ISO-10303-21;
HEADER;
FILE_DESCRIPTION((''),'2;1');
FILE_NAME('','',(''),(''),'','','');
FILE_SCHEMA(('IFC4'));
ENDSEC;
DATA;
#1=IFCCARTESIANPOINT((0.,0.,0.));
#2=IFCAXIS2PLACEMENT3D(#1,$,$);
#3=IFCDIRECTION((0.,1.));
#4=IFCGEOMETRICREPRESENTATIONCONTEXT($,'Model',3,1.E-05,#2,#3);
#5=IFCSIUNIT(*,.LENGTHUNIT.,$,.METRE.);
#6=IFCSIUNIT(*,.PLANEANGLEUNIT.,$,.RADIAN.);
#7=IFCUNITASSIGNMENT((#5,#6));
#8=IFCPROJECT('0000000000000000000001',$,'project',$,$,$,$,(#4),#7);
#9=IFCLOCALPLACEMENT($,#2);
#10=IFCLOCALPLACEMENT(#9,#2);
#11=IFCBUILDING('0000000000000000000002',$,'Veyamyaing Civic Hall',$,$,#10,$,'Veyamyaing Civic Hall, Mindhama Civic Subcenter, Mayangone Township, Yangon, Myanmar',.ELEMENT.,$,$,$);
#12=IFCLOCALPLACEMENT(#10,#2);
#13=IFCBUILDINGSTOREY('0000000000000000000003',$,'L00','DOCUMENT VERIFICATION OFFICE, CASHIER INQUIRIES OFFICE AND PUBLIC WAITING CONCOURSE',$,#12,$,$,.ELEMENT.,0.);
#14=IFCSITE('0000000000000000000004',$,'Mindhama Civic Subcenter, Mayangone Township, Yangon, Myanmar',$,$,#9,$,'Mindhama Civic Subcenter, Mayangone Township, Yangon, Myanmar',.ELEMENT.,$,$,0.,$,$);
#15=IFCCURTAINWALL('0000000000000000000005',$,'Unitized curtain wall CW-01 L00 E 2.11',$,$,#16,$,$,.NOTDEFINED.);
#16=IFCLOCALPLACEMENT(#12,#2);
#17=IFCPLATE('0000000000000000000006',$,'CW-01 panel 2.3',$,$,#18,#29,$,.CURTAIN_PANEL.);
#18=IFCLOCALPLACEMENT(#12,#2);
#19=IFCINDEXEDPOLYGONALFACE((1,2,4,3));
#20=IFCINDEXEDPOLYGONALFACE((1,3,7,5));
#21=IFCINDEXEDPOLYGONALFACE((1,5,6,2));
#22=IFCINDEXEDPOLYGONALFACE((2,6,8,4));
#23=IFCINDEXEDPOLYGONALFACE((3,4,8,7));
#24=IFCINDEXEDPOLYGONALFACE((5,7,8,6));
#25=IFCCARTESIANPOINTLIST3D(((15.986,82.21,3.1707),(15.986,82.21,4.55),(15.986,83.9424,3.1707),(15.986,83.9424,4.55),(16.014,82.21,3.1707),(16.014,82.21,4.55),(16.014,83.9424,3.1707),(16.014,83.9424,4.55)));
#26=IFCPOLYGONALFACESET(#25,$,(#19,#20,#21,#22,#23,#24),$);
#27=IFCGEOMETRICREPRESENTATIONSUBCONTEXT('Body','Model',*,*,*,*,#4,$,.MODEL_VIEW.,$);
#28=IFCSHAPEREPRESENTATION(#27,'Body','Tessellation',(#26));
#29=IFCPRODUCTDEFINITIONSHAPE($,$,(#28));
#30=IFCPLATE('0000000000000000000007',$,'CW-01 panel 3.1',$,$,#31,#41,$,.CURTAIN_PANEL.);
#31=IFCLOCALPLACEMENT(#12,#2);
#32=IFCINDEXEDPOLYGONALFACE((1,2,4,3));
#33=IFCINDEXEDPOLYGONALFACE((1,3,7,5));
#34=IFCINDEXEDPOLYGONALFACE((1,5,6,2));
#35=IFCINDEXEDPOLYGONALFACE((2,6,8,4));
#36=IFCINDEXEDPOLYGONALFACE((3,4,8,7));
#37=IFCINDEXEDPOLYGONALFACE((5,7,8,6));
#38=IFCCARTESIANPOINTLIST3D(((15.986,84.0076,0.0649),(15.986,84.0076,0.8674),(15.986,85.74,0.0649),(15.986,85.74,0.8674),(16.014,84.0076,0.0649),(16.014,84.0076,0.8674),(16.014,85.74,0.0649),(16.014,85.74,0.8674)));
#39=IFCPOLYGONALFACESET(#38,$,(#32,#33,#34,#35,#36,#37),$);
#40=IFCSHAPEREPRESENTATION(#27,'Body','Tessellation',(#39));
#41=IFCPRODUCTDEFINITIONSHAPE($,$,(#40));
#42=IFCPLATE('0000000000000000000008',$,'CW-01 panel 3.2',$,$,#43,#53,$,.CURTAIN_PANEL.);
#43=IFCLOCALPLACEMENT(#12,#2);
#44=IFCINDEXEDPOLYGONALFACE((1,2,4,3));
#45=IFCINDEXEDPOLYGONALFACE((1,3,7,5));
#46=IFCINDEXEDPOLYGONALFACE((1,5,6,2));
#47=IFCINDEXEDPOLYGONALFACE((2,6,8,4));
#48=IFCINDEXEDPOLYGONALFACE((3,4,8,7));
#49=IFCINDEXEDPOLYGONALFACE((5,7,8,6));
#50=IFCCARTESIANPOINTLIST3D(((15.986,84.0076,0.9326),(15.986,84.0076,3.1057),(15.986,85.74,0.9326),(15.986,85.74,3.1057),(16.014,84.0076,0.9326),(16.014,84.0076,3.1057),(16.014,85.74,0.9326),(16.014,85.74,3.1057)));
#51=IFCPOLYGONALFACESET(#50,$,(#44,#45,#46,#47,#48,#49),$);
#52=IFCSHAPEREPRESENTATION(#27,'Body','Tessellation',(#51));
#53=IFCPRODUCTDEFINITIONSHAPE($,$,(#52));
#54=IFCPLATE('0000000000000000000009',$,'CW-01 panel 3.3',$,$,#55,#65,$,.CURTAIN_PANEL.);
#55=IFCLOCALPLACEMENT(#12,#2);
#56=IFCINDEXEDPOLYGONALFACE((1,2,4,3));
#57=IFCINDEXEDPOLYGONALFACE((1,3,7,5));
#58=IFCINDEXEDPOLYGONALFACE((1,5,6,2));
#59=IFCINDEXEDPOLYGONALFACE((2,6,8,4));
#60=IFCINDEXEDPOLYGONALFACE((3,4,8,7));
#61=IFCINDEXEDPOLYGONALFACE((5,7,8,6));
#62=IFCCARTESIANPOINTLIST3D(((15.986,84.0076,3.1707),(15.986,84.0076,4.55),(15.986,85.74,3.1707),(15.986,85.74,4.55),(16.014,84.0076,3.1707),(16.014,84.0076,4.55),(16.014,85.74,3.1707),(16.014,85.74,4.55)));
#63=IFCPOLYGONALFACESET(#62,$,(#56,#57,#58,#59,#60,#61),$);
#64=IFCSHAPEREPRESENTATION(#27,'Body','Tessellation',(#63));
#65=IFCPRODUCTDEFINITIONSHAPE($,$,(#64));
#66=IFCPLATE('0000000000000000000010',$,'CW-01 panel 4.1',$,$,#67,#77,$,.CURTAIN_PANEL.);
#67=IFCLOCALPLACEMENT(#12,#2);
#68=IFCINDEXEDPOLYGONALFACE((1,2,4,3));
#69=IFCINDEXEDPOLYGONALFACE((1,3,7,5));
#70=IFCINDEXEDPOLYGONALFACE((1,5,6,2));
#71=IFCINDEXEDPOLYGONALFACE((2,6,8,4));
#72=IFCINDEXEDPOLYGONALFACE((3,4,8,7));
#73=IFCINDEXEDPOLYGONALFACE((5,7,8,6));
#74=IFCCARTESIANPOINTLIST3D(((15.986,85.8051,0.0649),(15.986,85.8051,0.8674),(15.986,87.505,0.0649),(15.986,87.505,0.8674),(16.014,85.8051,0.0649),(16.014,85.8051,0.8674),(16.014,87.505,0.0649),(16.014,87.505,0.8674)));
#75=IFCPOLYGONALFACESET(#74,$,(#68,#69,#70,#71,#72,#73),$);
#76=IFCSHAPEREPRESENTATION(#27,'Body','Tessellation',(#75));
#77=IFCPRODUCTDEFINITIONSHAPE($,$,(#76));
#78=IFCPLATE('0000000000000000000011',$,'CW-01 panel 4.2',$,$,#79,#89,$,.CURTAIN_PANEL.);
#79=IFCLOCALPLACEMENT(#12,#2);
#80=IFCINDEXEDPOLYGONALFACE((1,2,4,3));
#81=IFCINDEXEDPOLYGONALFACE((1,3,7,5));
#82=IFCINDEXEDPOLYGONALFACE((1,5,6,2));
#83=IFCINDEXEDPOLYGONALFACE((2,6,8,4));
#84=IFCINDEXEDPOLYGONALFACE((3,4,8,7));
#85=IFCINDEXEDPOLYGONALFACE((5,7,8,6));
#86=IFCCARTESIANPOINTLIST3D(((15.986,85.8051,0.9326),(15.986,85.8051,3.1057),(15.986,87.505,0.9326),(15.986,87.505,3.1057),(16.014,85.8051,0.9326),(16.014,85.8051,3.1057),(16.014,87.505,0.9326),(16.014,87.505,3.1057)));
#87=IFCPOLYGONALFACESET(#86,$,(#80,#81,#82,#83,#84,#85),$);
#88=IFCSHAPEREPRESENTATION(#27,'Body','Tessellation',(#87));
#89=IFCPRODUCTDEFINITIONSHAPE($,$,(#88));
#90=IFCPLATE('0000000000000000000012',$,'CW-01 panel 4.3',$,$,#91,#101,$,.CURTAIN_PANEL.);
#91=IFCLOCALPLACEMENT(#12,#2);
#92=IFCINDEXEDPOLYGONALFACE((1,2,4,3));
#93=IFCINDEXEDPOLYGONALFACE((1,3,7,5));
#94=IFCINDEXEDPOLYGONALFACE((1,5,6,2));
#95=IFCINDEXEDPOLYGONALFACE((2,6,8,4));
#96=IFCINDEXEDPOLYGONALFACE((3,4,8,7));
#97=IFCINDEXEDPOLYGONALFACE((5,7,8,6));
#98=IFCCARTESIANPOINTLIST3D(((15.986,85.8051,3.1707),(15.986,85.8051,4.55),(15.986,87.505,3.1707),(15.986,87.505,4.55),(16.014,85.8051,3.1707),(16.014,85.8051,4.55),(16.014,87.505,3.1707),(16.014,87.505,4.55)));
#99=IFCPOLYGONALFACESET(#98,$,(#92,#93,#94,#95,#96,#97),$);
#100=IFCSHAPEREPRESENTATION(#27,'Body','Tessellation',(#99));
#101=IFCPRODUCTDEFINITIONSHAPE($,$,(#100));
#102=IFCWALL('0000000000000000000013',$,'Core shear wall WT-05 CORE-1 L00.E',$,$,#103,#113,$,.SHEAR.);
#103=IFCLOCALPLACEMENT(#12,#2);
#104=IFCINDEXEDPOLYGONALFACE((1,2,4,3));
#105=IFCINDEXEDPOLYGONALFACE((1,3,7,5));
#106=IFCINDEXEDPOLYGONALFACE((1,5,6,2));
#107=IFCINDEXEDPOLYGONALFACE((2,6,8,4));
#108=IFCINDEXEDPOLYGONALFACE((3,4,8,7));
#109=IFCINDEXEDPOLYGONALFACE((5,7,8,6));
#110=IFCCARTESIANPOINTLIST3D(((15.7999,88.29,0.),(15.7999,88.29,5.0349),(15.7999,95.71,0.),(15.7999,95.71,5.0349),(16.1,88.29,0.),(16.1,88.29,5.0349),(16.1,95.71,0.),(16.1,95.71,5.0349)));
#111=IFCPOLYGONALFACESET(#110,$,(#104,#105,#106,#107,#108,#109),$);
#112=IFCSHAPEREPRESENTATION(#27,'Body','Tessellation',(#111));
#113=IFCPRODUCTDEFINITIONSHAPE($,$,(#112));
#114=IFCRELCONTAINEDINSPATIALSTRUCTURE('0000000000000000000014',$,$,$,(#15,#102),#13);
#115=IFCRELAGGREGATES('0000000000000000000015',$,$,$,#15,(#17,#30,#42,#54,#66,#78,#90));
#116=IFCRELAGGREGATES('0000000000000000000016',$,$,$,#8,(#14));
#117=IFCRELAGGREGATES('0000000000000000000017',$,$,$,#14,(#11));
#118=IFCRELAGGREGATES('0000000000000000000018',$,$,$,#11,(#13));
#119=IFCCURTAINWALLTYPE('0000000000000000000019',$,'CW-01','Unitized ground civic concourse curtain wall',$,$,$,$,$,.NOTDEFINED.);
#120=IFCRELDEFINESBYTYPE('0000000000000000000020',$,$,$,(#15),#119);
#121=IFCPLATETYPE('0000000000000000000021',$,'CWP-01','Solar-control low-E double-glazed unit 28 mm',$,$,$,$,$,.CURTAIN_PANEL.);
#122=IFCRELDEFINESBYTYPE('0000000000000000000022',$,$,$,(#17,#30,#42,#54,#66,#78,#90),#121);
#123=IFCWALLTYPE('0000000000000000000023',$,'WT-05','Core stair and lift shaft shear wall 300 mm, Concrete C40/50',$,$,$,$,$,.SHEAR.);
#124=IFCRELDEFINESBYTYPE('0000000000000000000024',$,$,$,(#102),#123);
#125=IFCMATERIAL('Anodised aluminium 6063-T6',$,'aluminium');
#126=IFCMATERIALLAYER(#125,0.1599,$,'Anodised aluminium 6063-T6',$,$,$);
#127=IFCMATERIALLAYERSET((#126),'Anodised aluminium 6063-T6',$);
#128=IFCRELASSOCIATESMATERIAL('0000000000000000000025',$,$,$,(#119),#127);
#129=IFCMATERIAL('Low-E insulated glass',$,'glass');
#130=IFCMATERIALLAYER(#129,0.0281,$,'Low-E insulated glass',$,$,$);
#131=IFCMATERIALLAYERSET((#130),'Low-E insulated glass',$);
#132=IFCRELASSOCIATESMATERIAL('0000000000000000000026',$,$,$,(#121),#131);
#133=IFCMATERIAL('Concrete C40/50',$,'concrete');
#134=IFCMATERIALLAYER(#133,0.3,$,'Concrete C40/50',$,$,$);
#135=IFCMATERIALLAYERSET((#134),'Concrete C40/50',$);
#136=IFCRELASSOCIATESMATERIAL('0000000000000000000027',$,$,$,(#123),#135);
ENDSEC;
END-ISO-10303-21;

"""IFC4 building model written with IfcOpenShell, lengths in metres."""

from ifc_helpers import new_model, si_unit, direction, frame, frame_2d, origin, origin_2d, place, context, subcontext, project, spatial, rectangle, extrude, material, layer, layer_set, type_object, element, aggregate, save


model = new_model("IFC4")

# Units and contexts
model_context = context("Model", 3, precision=1e-05, world=origin(), true_north=direction((0.0, 1.0)))
body_context = subcontext(model_context, "Body", "Model", "MODEL_VIEW")
ifc_project = project(units=[si_unit("LENGTHUNIT", "METRE"), si_unit("PLANEANGLEUNIT", "RADIAN")], contexts=[model_context])

# Site, building, storey
site_placement = place(None, origin())
site = spatial("IfcSite", under=ifc_project, at=site_placement, Name="Mindhama Civic Subcenter, Mayangone Township, Yangon, Myanmar", LongName="Mindhama Civic Subcenter, Mayangone Township, Yangon, Myanmar", CompositionType="ELEMENT", RefElevation=0.0)
building_placement = place(site_placement, origin())
building = spatial("IfcBuilding", under=site, at=building_placement, Name="Veyamyaing Civic Hall", LongName="Veyamyaing Civic Hall, Mindhama Civic Subcenter, Mayangone Township, Yangon, Myanmar", CompositionType="ELEMENT")
storey_placement = place(building_placement, origin())
storey = spatial("IfcBuildingStorey", under=building, at=storey_placement, Name="L00", Description="DOCUMENT VERIFICATION OFFICE, CASHIER INQUIRIES OFFICE AND PUBLIC WAITING CONCOURSE", CompositionType="ELEMENT", Elevation=0.0)

# Curtain wall, plates
ifc_material_1 = material(Name="Anodised aluminium 6063-T6", Category="aluminium")
ifc_layer_1 = layer(ifc_material_1, 0.1599, Name="Anodised aluminium 6063-T6")
ifc_layer_set_1 = layer_set([ifc_layer_1], Name="Anodised aluminium 6063-T6")
curtain_wall_type = type_object("IfcCurtainWallType", Name="CW-01", Description="Unitized ground civic concourse curtain wall", PredefinedType="NOTDEFINED", material=ifc_layer_set_1)
curtain_wall_placement = place(storey_placement, origin())
curtain_wall = element("IfcCurtainWall", 1, at=curtain_wall_placement, inside=storey, type_object=curtain_wall_type, Name="Unitized curtain wall CW-01 L00 E 2.11", PredefinedType="NOTDEFINED")
ifc_material_2 = material(Name="Low-E insulated glass", Category="glass")
ifc_layer_2 = layer(ifc_material_2, 0.0281, Name="Low-E insulated glass")
ifc_layer_set_2 = layer_set([ifc_layer_2], Name="Low-E insulated glass")
plate_type = type_object("IfcPlateType", Name="CWP-01", Description="Solar-control low-E double-glazed unit 28 mm", PredefinedType="CURTAIN_PANEL", material=ifc_layer_set_2)
plate_1_placement = place(storey_placement, frame((16.0, 83.0762, 3.1707), z_axis=(0.0, 0.0, 1.0), x_axis=(0.0, 1.0, 0.0)))
plate_1 = element("IfcPlate", 2, at=plate_1_placement, type_object=plate_type, Name="CW-01 panel 2.3", PredefinedType="CURTAIN_PANEL", context=body_context, shape_type="SweptSolid", body=[
    extrude(rectangle(XDim=1.7324, YDim=0.0281, at=origin_2d()), origin(), (0.0, 0.0, 1.0), 1.3794),
])
plate_2_placement = place(storey_placement, frame((16.0, 84.8738, 0.0649), z_axis=(0.0, 0.0, 1.0), x_axis=(0.0, 1.0, 0.0)))
plate_2 = element("IfcPlate", 3, at=plate_2_placement, type_object=plate_type, Name="CW-01 panel 3.1", PredefinedType="CURTAIN_PANEL", context=body_context, shape_type="SweptSolid", body=[
    extrude(rectangle(XDim=1.7324, YDim=0.0281, at=origin_2d()), origin(), (0.0, 0.0, 1.0), 0.8025),
])
plate_3_placement = place(storey_placement, frame((16.0, 84.8738, 0.9326), z_axis=(0.0, 0.0, 1.0), x_axis=(0.0, 1.0, 0.0)))
plate_3 = element("IfcPlate", 4, at=plate_3_placement, type_object=plate_type, Name="CW-01 panel 3.2", PredefinedType="CURTAIN_PANEL", context=body_context, shape_type="SweptSolid", body=[
    extrude(rectangle(XDim=1.7324, YDim=0.0281, at=origin_2d()), origin(), (0.0, 0.0, 1.0), 2.1731),
])
plate_4_placement = place(storey_placement, frame((16.0, 84.8738, 3.1707), z_axis=(0.0, 0.0, 1.0), x_axis=(0.0, 1.0, 0.0)))
plate_4 = element("IfcPlate", 5, at=plate_4_placement, type_object=plate_type, Name="CW-01 panel 3.3", PredefinedType="CURTAIN_PANEL", context=body_context, shape_type="SweptSolid", body=[
    extrude(rectangle(XDim=1.7324, YDim=0.0281, at=origin_2d()), origin(), (0.0, 0.0, 1.0), 1.3794),
])
plate_5_placement = place(storey_placement, frame((16.0, 86.655, 0.0649), z_axis=(0.0, 0.0, 1.0), x_axis=(0.0, 1.0, 0.0)))
plate_5 = element("IfcPlate", 6, at=plate_5_placement, type_object=plate_type, Name="CW-01 panel 4.1", PredefinedType="CURTAIN_PANEL", context=body_context, shape_type="SweptSolid", body=[
    extrude(rectangle(XDim=1.7, YDim=0.0281, at=origin_2d()), origin(), (0.0, 0.0, 1.0), 0.8025),
])
plate_6_placement = place(storey_placement, frame((16.0, 86.655, 0.9326), z_axis=(0.0, 0.0, 1.0), x_axis=(0.0, 1.0, 0.0)))
plate_6 = element("IfcPlate", 7, at=plate_6_placement, type_object=plate_type, Name="CW-01 panel 4.2", PredefinedType="CURTAIN_PANEL", context=body_context, shape_type="SweptSolid", body=[
    extrude(rectangle(XDim=1.7, YDim=0.0281, at=origin_2d()), origin(), (0.0, 0.0, 1.0), 2.1731),
])
plate_7_placement = place(storey_placement, frame((16.0, 86.655, 3.1707), z_axis=(0.0, 0.0, 1.0), x_axis=(0.0, 1.0, 0.0)))
plate_7 = element("IfcPlate", 8, at=plate_7_placement, type_object=plate_type, Name="CW-01 panel 4.3", PredefinedType="CURTAIN_PANEL", context=body_context, shape_type="SweptSolid", body=[
    extrude(rectangle(XDim=1.7, YDim=0.0281, at=origin_2d()), origin(), (0.0, 0.0, 1.0), 1.3794),
])
aggregate(curtain_wall, [plate_1, plate_2, plate_3, plate_4, plate_5, plate_6, plate_7])

# Wall
ifc_material_3 = material(Name="Concrete C40/50", Category="concrete")
ifc_layer_3 = layer(ifc_material_3, 0.3, Name="Concrete C40/50")
ifc_layer_set_3 = layer_set([ifc_layer_3], Name="Concrete C40/50")
wall_type = type_object("IfcWallType", Name="WT-05", Description="Core stair and lift shaft shear wall 300 mm, Concrete C40/50", PredefinedType="SHEAR", material=ifc_layer_set_3)
wall_placement = place(storey_placement, frame((15.95, 88.29, 0.0), z_axis=(0.0, 0.0, 1.0), x_axis=(0.0, 1.0, 0.0)))
element("IfcWall", 9, at=wall_placement, inside=storey, type_object=wall_type, Name="Core shear wall WT-05 CORE-1 L00.E", PredefinedType="SHEAR", context=body_context, shape_type="SweptSolid", body=[
    extrude(rectangle(XDim=7.4199, YDim=0.3, at=frame_2d((3.71, 0.0))), origin(), (0.0, 0.0, 1.0), 5.0349),
])

save(model, "model.ifc")
